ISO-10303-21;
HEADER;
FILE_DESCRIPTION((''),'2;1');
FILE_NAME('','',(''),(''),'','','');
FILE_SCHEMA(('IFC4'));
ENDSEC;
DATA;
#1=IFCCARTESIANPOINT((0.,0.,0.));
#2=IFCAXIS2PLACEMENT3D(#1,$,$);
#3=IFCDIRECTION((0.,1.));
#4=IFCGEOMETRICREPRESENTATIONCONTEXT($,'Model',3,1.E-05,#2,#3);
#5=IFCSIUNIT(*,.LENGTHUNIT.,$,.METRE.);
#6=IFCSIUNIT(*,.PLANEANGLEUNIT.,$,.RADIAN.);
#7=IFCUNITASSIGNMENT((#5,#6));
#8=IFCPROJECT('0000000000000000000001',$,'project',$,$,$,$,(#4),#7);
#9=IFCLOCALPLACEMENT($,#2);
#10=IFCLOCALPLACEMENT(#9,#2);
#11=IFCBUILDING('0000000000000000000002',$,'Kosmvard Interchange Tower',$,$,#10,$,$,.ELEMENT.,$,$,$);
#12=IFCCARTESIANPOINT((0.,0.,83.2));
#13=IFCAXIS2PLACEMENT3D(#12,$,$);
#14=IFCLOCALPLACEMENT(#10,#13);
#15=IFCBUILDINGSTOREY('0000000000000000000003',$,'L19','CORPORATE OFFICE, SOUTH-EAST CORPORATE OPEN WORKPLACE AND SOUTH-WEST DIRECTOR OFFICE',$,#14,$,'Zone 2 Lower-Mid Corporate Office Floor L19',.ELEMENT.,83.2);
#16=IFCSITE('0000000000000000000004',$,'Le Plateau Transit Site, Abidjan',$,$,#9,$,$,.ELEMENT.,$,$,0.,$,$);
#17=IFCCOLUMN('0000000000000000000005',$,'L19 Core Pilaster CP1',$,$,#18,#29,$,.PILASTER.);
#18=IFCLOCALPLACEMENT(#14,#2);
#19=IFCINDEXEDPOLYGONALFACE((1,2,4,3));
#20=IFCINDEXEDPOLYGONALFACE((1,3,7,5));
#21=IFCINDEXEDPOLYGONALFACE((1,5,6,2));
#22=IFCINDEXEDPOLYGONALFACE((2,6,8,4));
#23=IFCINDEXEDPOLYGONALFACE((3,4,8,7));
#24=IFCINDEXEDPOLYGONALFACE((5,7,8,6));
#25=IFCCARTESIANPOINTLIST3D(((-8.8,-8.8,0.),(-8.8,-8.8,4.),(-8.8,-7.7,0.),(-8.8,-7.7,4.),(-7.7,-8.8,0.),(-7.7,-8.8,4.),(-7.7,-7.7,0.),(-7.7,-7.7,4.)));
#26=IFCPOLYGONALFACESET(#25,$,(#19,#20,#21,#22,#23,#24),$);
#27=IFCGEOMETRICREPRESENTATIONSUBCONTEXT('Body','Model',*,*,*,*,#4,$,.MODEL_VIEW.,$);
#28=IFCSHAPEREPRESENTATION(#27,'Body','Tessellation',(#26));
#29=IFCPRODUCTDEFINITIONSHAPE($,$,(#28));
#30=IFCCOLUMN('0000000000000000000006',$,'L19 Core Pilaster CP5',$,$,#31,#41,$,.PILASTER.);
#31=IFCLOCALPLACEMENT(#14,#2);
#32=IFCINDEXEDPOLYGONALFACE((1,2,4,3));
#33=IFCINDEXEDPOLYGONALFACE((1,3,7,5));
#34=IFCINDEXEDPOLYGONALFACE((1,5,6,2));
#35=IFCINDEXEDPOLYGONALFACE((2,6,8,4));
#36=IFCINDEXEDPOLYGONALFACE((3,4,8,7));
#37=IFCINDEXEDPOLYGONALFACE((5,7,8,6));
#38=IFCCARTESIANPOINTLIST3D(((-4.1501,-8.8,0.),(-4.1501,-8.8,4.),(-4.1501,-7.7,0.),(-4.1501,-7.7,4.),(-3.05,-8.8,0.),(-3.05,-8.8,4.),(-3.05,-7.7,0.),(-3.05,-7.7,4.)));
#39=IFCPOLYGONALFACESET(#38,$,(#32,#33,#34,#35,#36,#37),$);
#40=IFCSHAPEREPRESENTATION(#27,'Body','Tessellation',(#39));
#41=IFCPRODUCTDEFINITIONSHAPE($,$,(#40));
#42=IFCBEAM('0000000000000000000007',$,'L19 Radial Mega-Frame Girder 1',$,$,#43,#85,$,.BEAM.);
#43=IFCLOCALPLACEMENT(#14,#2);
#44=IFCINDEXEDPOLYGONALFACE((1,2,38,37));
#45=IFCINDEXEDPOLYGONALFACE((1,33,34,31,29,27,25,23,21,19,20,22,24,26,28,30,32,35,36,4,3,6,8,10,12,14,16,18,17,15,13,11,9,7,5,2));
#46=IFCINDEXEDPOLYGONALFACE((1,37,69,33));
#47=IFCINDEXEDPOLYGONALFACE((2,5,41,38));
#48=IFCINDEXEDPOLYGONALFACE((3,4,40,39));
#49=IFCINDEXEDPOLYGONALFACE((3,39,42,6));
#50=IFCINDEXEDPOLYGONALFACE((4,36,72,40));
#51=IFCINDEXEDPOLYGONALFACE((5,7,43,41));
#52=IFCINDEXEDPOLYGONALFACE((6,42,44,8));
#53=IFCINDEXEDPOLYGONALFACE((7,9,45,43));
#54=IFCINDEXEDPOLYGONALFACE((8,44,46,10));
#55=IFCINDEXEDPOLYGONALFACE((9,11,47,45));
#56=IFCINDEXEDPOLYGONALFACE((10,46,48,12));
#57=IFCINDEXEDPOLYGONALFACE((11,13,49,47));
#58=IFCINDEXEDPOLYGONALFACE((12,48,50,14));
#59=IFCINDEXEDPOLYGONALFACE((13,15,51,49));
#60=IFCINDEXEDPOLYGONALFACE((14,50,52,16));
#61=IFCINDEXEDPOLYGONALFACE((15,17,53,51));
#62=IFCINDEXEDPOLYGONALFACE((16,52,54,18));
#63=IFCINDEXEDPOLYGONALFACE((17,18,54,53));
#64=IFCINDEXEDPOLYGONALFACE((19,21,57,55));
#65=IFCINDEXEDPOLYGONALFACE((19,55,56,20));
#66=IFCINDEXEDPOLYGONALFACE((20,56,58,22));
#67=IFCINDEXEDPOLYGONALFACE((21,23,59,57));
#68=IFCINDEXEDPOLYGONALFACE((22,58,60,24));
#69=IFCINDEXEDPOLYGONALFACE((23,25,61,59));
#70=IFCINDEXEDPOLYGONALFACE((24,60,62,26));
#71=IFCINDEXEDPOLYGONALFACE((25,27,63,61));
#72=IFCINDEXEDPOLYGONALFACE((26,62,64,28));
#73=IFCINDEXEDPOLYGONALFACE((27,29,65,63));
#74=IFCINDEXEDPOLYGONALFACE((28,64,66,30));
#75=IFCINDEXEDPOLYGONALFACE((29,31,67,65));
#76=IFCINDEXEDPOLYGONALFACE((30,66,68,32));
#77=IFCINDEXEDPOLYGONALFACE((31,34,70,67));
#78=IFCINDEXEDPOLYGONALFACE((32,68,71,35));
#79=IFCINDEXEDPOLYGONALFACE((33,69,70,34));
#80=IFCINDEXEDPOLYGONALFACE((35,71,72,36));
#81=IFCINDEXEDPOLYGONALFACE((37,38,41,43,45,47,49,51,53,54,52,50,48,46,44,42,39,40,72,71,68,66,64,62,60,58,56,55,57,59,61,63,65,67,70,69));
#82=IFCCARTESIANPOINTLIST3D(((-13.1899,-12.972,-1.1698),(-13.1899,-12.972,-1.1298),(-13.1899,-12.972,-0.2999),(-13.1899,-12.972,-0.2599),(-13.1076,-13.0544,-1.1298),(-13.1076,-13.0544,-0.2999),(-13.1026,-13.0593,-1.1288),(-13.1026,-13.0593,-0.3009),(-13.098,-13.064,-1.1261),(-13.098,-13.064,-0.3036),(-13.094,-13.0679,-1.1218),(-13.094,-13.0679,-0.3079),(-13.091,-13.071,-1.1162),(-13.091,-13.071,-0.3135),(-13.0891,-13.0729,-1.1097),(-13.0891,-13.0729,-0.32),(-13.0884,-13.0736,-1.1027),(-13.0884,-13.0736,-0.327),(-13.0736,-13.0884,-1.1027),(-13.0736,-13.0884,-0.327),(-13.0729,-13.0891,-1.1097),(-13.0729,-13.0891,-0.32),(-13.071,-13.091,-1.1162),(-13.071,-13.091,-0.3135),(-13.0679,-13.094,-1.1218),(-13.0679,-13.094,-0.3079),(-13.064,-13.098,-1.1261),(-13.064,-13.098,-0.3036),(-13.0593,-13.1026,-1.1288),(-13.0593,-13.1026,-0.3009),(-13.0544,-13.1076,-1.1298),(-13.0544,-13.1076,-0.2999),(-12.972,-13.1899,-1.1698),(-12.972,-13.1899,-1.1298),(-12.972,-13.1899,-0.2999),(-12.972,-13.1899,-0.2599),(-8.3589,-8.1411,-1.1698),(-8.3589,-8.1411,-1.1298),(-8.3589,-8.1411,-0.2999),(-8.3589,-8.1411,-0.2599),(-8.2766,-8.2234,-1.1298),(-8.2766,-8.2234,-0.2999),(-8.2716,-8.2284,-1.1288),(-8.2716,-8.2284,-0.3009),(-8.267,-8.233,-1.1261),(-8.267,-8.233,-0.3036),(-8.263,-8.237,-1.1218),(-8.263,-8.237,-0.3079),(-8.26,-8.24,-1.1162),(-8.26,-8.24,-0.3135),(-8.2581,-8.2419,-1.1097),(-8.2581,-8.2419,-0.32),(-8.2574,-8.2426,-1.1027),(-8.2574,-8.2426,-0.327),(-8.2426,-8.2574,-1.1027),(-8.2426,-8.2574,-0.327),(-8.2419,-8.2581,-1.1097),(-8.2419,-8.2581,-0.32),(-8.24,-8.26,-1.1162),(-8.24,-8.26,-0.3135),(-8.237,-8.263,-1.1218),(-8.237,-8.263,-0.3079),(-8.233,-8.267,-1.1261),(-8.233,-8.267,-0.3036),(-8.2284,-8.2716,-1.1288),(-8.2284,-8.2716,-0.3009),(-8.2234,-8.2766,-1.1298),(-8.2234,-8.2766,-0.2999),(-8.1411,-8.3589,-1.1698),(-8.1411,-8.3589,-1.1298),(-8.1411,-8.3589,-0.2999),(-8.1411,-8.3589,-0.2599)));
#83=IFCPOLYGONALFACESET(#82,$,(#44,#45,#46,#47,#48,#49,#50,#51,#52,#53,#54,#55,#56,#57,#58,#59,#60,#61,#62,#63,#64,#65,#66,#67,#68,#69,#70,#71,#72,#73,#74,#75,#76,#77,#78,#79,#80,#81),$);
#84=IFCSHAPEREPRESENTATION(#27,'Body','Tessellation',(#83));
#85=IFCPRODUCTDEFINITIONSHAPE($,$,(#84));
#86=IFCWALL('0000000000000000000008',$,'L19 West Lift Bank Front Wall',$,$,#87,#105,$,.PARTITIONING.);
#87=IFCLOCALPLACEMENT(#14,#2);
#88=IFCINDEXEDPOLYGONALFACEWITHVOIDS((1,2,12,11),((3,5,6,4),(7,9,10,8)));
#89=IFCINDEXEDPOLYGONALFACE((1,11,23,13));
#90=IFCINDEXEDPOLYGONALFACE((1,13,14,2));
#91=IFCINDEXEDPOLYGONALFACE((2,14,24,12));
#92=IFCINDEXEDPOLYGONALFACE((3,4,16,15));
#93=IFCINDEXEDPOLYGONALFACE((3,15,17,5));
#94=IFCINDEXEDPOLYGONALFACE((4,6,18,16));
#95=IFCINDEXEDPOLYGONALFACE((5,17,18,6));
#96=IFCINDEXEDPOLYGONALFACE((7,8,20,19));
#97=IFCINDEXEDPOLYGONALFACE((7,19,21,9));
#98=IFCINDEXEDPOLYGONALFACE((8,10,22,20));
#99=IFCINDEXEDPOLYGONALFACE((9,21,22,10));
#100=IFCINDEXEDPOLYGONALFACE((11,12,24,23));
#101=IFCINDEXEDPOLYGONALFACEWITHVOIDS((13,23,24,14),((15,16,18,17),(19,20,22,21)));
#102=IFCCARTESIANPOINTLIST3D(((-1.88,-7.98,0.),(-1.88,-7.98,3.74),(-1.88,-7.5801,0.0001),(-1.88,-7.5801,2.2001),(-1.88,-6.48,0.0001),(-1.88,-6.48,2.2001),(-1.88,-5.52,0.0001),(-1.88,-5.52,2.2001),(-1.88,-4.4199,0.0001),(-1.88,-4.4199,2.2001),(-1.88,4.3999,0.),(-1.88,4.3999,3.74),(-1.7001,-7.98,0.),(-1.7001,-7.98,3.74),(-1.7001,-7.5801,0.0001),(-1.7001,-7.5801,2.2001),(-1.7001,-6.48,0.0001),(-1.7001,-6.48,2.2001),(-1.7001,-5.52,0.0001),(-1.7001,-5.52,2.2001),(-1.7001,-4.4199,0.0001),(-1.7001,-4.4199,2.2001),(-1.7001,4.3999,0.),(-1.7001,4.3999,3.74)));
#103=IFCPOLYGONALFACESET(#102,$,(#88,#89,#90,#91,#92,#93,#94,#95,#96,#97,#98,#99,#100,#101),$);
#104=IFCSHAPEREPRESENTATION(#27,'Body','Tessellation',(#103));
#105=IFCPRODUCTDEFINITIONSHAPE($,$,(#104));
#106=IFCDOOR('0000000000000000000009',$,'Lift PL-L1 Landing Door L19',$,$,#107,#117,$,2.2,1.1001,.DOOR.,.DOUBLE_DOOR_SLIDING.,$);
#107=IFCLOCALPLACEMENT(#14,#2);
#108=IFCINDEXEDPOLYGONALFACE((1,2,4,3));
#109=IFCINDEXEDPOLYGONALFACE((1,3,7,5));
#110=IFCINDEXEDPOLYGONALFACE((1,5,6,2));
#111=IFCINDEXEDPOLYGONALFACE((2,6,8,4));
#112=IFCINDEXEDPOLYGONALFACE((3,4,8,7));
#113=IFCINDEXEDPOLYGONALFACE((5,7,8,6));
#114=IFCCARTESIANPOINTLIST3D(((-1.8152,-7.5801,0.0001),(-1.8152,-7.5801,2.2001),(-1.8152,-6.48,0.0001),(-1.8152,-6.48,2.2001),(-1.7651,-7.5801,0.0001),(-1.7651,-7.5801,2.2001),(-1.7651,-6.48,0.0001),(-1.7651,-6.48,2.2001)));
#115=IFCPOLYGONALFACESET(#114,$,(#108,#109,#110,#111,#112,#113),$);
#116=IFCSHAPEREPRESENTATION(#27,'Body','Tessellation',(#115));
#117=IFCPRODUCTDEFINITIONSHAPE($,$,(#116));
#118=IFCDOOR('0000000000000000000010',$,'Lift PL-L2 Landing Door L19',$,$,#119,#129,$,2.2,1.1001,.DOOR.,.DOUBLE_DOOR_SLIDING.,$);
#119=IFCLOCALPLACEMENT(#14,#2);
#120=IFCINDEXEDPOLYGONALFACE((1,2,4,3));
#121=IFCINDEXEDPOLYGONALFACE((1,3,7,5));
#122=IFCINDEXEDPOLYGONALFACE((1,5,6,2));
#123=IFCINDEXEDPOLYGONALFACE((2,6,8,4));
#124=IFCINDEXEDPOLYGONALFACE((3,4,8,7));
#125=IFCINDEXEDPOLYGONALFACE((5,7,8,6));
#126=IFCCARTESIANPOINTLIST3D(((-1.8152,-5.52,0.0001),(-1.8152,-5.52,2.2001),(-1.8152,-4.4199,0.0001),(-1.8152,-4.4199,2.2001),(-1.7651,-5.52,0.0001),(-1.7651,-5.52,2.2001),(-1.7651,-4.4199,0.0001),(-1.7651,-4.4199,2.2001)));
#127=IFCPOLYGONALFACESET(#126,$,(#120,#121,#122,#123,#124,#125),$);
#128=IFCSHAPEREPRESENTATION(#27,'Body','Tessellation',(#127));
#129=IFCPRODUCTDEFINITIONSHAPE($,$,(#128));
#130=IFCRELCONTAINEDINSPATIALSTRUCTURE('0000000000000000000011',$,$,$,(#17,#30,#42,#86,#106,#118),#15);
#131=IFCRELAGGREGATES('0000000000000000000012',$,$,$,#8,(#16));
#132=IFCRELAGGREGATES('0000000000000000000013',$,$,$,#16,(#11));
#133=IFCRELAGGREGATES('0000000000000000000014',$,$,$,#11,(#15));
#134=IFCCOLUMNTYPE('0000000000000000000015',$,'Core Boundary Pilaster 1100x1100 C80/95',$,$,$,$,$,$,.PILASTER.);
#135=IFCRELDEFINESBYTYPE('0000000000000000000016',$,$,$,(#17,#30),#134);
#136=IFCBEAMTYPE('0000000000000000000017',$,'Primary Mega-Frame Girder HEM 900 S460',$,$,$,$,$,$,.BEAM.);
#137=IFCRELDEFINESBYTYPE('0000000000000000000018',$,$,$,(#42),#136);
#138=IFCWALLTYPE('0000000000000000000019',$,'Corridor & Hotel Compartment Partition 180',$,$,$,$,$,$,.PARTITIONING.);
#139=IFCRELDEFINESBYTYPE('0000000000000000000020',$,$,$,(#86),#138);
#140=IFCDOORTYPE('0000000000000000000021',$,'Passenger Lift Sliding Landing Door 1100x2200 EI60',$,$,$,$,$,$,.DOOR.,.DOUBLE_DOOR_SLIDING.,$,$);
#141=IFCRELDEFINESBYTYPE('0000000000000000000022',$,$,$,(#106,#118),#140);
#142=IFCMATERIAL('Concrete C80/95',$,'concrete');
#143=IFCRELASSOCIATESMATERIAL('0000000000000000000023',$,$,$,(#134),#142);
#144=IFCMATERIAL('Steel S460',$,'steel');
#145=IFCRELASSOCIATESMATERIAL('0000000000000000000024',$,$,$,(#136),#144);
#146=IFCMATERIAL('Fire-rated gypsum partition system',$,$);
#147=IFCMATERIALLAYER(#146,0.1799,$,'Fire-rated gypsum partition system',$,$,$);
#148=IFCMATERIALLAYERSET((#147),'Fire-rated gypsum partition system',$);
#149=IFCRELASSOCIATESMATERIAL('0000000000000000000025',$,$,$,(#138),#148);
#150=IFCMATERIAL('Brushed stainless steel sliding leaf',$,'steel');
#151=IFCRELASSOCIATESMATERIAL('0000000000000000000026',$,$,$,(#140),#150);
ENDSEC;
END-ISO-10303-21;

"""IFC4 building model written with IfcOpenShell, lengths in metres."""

from ifc_helpers import new_model, si_unit, direction, frame, frame_2d, origin, origin_2d, place, context, subcontext, project, spatial, rectangle, i_section, extrude, source, transform, mapped, material, layer, layer_set, material_profile, profile_set, type_object, element, fill, save


model = new_model("IFC4")

# Units and contexts
model_context = context("Model", 3, precision=1e-05, world=origin(), true_north=direction((0.0, 1.0)))
body_context = subcontext(model_context, "Body", "Model", "MODEL_VIEW")
ifc_project = project(units=[si_unit("LENGTHUNIT", "METRE"), si_unit("PLANEANGLEUNIT", "RADIAN")], contexts=[model_context])

# Site, building, storey
site_placement = place(None, origin())
site = spatial("IfcSite", under=ifc_project, at=site_placement, Name="Le Plateau Transit Site, Abidjan", CompositionType="ELEMENT", RefElevation=0.0)
building_placement = place(site_placement, origin())
building = spatial("IfcBuilding", under=site, at=building_placement, Name="Kosmvard Interchange Tower", CompositionType="ELEMENT")
storey_placement = place(building_placement, frame((0.0, 0.0, 83.2)))
storey = spatial("IfcBuildingStorey", under=building, at=storey_placement, Name="L19", Description="CORPORATE OFFICE, SOUTH-EAST CORPORATE OPEN WORKPLACE AND SOUTH-WEST DIRECTOR OFFICE", LongName="Zone 2 Lower-Mid Corporate Office Floor L19", CompositionType="ELEMENT", Elevation=83.2)

# Columns
ifc_material_1 = material(Name="Concrete C80/95", Category="concrete")
ifc_material_profile_1 = material_profile(ifc_material_1, rectangle(XDim=1.1001, YDim=1.1001, at=origin_2d()), Name="CP 1100x1100")
ifc_profile_set_1 = profile_set([ifc_material_profile_1], Name="Concrete C80/95")
column_type = type_object("IfcColumnType", Name="Core Boundary Pilaster 1100x1100 C80/95", PredefinedType="PILASTER", material=ifc_profile_set_1)
shared_shape_1 = source(origin(), body_context, "Body", "SweptSolid", [
    extrude(rectangle(XDim=1.1001, YDim=1.1001, at=origin_2d()), origin(), (0.0, 0.0, 1.0), 4.0),
])
for number, where, z_axis, x_axis, name in (
    (1, (-8.25, -8.25, 0.0), (0.0, 0.0, 1.0), (1.0, 0.0, 0.0), "L19 Core Pilaster CP1"),
    (2, (-3.6001, -8.25, 0.0), (0.0, 0.0, 1.0), (1.0, 0.0, 0.0), "L19 Core Pilaster CP5"),
):
    element("IfcColumn", number, at=place(storey_placement, frame(where, z_axis=z_axis, x_axis=x_axis)), inside=storey, type_object=column_type, Name=name, PredefinedType="PILASTER", context=body_context, shape_type="MappedRepresentation", body=[
        mapped(shared_shape_1, transform((0.0, 0.0, 0.0), scale=1.0)),
    ])

# Beam
ifc_material_2 = material(Name="Steel S460", Category="steel")
ifc_material_profile_2 = material_profile(ifc_material_2, i_section(OverallWidth=0.3081, OverallDepth=0.9099, WebThickness=0.021, FlangeThickness=0.04, FilletRadius=0.0271, at=origin_2d()), Name="HEM 900")
ifc_profile_set_2 = profile_set([ifc_material_profile_2], Name="Steel S460")
beam_type = type_object("IfcBeamType", Name="Primary Mega-Frame Girder HEM 900 S460", PredefinedType="BEAM", material=ifc_profile_set_2)
shared_shape_2 = source(origin(), body_context, "Body", "SweptSolid", [
    extrude(i_section(OverallWidth=0.3081, OverallDepth=0.9099, WebThickness=0.021, FlangeThickness=0.04, FilletRadius=0.0271, at=origin_2d()), origin(), (0.0, 0.0, 1.0), 6.832),
])
beam_placement = place(storey_placement, frame((-8.25, -8.25, -0.7148), z_axis=(-0.707107, -0.707107, 0.0), x_axis=(0.707107, -0.707107, 0.0)))
element("IfcBeam", 3, at=beam_placement, inside=storey, type_object=beam_type, Name="L19 Radial Mega-Frame Girder 1", PredefinedType="BEAM", context=body_context, shape_type="MappedRepresentation", body=[
    mapped(shared_shape_2, transform((0.0, 0.0, 0.0), scale=1.0)),
])

# Wall, openings, doors
ifc_material_3 = material(Name="Fire-rated gypsum partition system")
ifc_layer_1 = layer(ifc_material_3, 0.1799, Name="Fire-rated gypsum partition system")
ifc_layer_set_1 = layer_set([ifc_layer_1], Name="Fire-rated gypsum partition system")
wall_type_1 = type_object("IfcWallType", Name="Corridor & Hotel Compartment Partition 180", PredefinedType="PARTITIONING", material=ifc_layer_set_1)
wall_1_placement = place(storey_placement, frame((-1.79, -7.98, 0.0), z_axis=(0.0, 0.0, 1.0), x_axis=(0.0, 1.0, 0.0)))
wall_1 = element("IfcWall", 4, at=wall_1_placement, inside=storey, type_object=wall_type_1, Name="L19 West Lift Bank Front Wall", PredefinedType="PARTITIONING", context=body_context, shape_type="SweptSolid", body=[
    extrude(rectangle(XDim=12.3799, YDim=0.1799, at=frame_2d((6.1899, 0.0))), origin(), (0.0, 0.0, 1.0), 3.74),
])
opening_1_placement = place(wall_1_placement, frame((0.3999, 0.0, 0.0)))
opening_1 = element("IfcOpeningElement", 5, at=opening_1_placement, cuts=wall_1, PredefinedType="OPENING", context=body_context, shape_type="SweptSolid", body=[
    extrude(rectangle(XDim=1.1001, YDim=2.2, at=frame_2d((0.55, 1.1001))), frame((0.0, 0.1001, 0.0), z_axis=(0.0, -1.0, 0.0), x_axis=(1.0, 0.0, 0.0)), (0.0, 0.0, 1.0), 0.2),
])
opening_2_placement = place(wall_1_placement, frame((2.46, 0.0, 0.0)))
opening_2 = element("IfcOpeningElement", 6, at=opening_2_placement, cuts=wall_1, PredefinedType="OPENING", context=body_context, shape_type="SweptSolid", body=[
    extrude(rectangle(XDim=1.1001, YDim=2.2, at=frame_2d((0.55, 1.1001))), frame((0.0, 0.1001, 0.0), z_axis=(0.0, -1.0, 0.0), x_axis=(1.0, 0.0, 0.0)), (0.0, 0.0, 1.0), 0.2),
])
ifc_material_4 = material(Name="Brushed stainless steel sliding leaf", Category="steel")
door_type_1 = type_object("IfcDoorType", Name="Passenger Lift Sliding Landing Door 1100x2200 EI60", OperationType="DOUBLE_DOOR_SLIDING", PredefinedType="DOOR", material=ifc_material_4)
shared_shape_3 = source(origin(), body_context, "Body", "SweptSolid", [
    extrude(rectangle(XDim=1.1001, YDim=2.2, at=frame_2d((0.55, 1.1001))), frame((0.0, 0.0249, 0.0), z_axis=(0.0, -1.0, 0.0), x_axis=(1.0, 0.0, 0.0)), (0.0, 0.0, 1.0), 0.05),
])
door_1_placement = place(opening_1_placement, frame((1.1001, 0.0, 0.0), z_axis=(0.0, 0.0, 1.0), x_axis=(-1.0, 0.0, 0.0)))
door_1 = element("IfcDoor", 7, at=door_1_placement, inside=storey, type_object=door_type_1, Name="Lift PL-L1 Landing Door L19", OperationType="DOUBLE_DOOR_SLIDING", OverallHeight=2.2, OverallWidth=1.1001, PredefinedType="DOOR", context=body_context, shape_type="MappedRepresentation", body=[
    mapped(shared_shape_3, transform((0.0, 0.0, 0.0), scale=1.0)),
])
fill(opening_1, door_1)
door_2_placement = place(opening_2_placement, frame((1.1001, 0.0, 0.0), z_axis=(0.0, 0.0, 1.0), x_axis=(-1.0, 0.0, 0.0)))
door_2 = element("IfcDoor", 8, at=door_2_placement, inside=storey, type_object=door_type_1, Name="Lift PL-L2 Landing Door L19", OperationType="DOUBLE_DOOR_SLIDING", OverallHeight=2.2, OverallWidth=1.1001, PredefinedType="DOOR", context=body_context, shape_type="MappedRepresentation", body=[
    mapped(shared_shape_3, transform((0.0, 0.0, 0.0), scale=1.0)),
])
fill(opening_2, door_2)

save(model, "model.ifc")
